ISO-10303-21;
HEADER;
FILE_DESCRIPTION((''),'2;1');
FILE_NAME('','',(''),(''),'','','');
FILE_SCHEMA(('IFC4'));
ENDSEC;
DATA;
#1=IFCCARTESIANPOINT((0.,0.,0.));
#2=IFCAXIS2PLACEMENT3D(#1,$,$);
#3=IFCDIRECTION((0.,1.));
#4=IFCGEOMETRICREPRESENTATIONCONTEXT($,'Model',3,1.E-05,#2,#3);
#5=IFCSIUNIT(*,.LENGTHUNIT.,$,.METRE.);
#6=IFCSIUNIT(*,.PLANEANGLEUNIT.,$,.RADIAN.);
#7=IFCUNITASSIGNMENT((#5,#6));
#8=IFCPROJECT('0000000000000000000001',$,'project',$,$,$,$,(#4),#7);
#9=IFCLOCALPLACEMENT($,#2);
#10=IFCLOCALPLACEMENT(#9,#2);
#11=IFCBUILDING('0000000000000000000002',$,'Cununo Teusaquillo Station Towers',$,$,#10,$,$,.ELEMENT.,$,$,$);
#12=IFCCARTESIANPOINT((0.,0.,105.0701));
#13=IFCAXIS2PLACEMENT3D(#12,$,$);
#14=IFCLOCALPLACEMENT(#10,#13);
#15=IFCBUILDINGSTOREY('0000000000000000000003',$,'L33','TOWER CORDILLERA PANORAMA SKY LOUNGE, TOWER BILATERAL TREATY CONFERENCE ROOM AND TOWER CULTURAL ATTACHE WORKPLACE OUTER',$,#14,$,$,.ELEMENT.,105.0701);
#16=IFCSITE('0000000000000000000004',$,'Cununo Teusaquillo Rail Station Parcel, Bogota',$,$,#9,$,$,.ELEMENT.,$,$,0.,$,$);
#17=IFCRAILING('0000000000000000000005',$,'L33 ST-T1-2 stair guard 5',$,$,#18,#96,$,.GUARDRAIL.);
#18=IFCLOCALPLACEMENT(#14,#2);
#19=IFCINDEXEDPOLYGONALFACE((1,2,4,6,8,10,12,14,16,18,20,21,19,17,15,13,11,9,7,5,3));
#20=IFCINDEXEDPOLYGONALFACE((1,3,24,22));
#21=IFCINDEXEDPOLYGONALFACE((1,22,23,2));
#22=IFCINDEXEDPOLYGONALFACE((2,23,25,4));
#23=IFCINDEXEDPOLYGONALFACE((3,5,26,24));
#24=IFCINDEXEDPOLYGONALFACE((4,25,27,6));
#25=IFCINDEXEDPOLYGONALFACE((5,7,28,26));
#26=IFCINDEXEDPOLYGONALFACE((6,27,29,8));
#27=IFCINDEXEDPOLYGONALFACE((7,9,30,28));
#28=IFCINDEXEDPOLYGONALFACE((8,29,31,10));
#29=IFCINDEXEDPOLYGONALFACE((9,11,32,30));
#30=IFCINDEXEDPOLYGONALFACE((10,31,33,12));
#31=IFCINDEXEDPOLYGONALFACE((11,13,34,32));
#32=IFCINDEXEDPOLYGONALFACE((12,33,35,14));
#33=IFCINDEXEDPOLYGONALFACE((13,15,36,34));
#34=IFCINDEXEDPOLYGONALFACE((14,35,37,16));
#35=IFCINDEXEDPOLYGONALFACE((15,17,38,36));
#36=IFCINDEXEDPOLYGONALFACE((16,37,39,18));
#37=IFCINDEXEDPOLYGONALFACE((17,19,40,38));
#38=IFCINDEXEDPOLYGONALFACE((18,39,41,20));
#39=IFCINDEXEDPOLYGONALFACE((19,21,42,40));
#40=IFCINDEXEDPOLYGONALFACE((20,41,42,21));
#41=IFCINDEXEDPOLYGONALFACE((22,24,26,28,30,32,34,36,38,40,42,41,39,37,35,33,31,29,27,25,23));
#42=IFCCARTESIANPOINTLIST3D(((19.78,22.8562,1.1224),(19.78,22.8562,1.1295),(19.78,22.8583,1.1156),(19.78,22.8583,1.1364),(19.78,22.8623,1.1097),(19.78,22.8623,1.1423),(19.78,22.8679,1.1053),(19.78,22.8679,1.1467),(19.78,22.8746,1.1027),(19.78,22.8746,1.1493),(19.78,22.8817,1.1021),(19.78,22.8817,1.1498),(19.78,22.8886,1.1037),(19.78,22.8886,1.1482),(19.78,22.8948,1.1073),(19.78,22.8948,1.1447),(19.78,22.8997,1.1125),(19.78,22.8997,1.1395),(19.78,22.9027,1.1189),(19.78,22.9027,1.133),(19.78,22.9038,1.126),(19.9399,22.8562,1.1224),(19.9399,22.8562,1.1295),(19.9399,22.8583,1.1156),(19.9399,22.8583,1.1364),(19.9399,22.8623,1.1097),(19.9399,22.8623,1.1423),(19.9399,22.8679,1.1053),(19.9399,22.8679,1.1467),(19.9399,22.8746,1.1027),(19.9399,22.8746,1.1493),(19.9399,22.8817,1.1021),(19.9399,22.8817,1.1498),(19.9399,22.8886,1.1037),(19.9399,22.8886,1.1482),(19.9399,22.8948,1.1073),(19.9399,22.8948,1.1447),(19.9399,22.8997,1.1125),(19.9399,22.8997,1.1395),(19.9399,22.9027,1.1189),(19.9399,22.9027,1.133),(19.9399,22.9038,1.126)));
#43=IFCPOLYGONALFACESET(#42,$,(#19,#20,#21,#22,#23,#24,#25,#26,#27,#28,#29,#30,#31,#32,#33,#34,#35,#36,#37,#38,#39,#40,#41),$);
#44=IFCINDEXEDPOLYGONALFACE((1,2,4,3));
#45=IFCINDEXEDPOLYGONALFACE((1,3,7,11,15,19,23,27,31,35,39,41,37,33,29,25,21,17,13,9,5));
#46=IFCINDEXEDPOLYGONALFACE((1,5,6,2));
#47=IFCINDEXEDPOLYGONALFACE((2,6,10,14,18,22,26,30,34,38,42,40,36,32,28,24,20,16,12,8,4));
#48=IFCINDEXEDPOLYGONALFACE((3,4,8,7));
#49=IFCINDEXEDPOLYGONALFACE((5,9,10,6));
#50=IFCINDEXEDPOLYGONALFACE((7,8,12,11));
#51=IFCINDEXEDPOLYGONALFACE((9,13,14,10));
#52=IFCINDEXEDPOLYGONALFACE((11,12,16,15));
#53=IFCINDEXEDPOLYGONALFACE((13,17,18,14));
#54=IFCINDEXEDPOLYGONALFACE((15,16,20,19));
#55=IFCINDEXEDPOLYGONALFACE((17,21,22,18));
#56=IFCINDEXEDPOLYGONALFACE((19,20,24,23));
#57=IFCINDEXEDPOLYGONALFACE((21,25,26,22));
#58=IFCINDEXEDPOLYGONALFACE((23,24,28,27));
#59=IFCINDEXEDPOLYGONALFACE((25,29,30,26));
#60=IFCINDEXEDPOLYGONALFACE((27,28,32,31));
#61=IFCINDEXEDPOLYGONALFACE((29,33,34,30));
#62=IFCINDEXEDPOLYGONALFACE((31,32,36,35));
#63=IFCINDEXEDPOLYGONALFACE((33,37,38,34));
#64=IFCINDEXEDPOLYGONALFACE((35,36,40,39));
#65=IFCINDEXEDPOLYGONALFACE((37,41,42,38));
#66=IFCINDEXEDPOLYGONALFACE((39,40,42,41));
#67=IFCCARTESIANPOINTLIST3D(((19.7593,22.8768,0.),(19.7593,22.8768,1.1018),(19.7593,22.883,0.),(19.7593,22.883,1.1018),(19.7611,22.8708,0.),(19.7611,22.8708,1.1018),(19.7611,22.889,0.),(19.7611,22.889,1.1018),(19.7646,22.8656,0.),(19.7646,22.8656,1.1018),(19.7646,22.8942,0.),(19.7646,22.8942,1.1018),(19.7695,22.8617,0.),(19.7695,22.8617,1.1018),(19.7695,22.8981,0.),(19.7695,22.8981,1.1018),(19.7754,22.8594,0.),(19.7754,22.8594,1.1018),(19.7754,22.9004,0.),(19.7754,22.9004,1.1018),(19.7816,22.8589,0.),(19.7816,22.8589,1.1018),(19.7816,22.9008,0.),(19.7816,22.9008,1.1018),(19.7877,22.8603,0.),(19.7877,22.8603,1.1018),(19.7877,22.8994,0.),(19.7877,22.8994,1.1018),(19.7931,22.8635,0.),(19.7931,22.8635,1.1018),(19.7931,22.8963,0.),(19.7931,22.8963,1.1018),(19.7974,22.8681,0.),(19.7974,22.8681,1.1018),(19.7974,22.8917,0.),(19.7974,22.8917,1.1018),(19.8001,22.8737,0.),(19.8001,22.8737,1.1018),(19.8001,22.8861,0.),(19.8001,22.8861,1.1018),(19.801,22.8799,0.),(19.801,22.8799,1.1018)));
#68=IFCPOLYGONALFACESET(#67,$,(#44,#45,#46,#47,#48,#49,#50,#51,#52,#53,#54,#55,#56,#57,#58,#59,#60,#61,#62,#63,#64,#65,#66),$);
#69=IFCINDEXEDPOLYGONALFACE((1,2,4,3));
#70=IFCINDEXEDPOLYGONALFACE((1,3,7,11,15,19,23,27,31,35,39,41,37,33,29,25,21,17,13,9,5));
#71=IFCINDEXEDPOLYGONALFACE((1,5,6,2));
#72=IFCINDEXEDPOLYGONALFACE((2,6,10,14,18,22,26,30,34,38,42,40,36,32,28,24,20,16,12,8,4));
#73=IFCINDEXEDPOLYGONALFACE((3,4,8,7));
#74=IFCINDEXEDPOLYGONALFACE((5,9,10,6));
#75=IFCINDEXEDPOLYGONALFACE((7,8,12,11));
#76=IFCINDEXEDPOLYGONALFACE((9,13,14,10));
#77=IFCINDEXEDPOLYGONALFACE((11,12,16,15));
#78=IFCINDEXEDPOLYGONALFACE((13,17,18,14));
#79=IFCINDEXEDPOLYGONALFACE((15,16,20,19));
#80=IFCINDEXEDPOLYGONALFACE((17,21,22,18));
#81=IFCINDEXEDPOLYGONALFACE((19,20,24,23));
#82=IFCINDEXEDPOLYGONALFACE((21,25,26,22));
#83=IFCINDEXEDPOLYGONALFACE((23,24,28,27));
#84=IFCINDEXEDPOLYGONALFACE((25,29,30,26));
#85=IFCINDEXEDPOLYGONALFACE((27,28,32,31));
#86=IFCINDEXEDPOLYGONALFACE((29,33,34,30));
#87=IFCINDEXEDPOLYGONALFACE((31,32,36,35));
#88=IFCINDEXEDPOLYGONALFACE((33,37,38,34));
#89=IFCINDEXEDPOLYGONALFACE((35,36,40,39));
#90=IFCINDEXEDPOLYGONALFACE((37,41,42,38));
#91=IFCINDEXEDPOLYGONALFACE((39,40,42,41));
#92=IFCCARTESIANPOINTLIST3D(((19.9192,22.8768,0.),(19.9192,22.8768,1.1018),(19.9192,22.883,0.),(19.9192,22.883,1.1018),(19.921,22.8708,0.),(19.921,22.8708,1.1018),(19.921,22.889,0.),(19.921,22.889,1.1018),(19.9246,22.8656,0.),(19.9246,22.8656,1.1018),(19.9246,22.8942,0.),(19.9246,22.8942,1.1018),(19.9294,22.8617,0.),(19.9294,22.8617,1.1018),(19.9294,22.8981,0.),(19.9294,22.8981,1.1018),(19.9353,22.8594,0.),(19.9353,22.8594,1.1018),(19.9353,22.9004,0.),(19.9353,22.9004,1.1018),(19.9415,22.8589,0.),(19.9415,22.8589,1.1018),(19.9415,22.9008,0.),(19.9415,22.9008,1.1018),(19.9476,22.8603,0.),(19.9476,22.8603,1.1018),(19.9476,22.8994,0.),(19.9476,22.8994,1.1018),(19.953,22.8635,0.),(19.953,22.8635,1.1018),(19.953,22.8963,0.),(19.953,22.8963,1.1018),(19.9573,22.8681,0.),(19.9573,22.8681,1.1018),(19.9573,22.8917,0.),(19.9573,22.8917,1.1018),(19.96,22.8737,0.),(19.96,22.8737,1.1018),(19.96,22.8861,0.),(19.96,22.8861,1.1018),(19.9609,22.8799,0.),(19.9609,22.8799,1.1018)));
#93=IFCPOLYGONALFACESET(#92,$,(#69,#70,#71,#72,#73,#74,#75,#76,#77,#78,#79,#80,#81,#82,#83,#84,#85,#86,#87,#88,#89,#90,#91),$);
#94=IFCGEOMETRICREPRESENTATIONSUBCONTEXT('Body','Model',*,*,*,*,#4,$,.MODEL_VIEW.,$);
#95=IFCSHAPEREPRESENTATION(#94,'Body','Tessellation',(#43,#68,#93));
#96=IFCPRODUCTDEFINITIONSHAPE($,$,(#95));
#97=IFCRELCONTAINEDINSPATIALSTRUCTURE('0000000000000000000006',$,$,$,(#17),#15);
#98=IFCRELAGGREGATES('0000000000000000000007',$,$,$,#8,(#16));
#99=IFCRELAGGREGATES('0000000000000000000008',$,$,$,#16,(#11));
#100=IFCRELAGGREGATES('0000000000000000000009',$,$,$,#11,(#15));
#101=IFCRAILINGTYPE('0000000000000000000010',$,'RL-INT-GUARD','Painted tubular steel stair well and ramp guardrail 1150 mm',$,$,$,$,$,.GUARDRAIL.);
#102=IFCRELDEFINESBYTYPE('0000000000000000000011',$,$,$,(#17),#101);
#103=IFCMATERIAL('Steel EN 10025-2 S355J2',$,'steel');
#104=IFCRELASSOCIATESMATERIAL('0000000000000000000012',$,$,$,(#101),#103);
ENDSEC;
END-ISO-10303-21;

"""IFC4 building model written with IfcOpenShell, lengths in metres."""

from ifc_helpers import new_model, si_unit, direction, frame, origin, origin_2d, place, context, subcontext, project, spatial, circle, extrude, material, type_object, element, save


model = new_model("IFC4")

# Units and contexts
model_context = context("Model", 3, precision=1e-05, world=origin(), true_north=direction((0.0, 1.0)))
body_context = subcontext(model_context, "Body", "Model", "MODEL_VIEW")
ifc_project = project(units=[si_unit("LENGTHUNIT", "METRE"), si_unit("PLANEANGLEUNIT", "RADIAN")], contexts=[model_context])

# Site, building, storey
site_placement = place(None, origin())
site = spatial("IfcSite", under=ifc_project, at=site_placement, Name="Cununo Teusaquillo Rail Station Parcel, Bogota", CompositionType="ELEMENT", RefElevation=0.0)
building_placement = place(site_placement, origin())
building = spatial("IfcBuilding", under=site, at=building_placement, Name="Cununo Teusaquillo Station Towers", CompositionType="ELEMENT")
storey_placement = place(building_placement, frame((0.0, 0.0, 105.0701)))
storey = spatial("IfcBuildingStorey", under=building, at=storey_placement, Name="L33", Description="TOWER CORDILLERA PANORAMA SKY LOUNGE, TOWER BILATERAL TREATY CONFERENCE ROOM AND TOWER CULTURAL ATTACHE WORKPLACE OUTER", CompositionType="ELEMENT", Elevation=105.0701)

# Railing
ifc_material_1 = material(Name="Steel EN 10025-2 S355J2", Category="steel")
railing_type_1 = type_object("IfcRailingType", Name="RL-INT-GUARD", Description="Painted tubular steel stair well and ramp guardrail 1150 mm", PredefinedType="GUARDRAIL", material=ifc_material_1)
railing_1_placement = place(storey_placement, frame((19.78, 22.8799, 0.0)))
element("IfcRailing", 1, at=railing_1_placement, inside=storey, type_object=railing_type_1, Name="L33 ST-T1-2 stair guard 5", PredefinedType="GUARDRAIL", context=body_context, shape_type="SweptSolid", body=[
    extrude(circle(Radius=0.0239, at=origin_2d()), frame((0.0, 0.0, 1.126), z_axis=(1.0, 0.0, 0.0), x_axis=(0.0, 1.0, 0.0)), (0.0, 0.0, 1.0), 0.1599),
    extrude(circle(Radius=0.021, at=origin_2d()), origin(), (0.0, 0.0, 1.0), 1.1018),
    extrude(circle(Radius=0.021, at=origin_2d()), frame((0.1599, 0.0, 0.0)), (0.0, 0.0, 1.0), 1.1018),
])

save(model, "model.ifc")
